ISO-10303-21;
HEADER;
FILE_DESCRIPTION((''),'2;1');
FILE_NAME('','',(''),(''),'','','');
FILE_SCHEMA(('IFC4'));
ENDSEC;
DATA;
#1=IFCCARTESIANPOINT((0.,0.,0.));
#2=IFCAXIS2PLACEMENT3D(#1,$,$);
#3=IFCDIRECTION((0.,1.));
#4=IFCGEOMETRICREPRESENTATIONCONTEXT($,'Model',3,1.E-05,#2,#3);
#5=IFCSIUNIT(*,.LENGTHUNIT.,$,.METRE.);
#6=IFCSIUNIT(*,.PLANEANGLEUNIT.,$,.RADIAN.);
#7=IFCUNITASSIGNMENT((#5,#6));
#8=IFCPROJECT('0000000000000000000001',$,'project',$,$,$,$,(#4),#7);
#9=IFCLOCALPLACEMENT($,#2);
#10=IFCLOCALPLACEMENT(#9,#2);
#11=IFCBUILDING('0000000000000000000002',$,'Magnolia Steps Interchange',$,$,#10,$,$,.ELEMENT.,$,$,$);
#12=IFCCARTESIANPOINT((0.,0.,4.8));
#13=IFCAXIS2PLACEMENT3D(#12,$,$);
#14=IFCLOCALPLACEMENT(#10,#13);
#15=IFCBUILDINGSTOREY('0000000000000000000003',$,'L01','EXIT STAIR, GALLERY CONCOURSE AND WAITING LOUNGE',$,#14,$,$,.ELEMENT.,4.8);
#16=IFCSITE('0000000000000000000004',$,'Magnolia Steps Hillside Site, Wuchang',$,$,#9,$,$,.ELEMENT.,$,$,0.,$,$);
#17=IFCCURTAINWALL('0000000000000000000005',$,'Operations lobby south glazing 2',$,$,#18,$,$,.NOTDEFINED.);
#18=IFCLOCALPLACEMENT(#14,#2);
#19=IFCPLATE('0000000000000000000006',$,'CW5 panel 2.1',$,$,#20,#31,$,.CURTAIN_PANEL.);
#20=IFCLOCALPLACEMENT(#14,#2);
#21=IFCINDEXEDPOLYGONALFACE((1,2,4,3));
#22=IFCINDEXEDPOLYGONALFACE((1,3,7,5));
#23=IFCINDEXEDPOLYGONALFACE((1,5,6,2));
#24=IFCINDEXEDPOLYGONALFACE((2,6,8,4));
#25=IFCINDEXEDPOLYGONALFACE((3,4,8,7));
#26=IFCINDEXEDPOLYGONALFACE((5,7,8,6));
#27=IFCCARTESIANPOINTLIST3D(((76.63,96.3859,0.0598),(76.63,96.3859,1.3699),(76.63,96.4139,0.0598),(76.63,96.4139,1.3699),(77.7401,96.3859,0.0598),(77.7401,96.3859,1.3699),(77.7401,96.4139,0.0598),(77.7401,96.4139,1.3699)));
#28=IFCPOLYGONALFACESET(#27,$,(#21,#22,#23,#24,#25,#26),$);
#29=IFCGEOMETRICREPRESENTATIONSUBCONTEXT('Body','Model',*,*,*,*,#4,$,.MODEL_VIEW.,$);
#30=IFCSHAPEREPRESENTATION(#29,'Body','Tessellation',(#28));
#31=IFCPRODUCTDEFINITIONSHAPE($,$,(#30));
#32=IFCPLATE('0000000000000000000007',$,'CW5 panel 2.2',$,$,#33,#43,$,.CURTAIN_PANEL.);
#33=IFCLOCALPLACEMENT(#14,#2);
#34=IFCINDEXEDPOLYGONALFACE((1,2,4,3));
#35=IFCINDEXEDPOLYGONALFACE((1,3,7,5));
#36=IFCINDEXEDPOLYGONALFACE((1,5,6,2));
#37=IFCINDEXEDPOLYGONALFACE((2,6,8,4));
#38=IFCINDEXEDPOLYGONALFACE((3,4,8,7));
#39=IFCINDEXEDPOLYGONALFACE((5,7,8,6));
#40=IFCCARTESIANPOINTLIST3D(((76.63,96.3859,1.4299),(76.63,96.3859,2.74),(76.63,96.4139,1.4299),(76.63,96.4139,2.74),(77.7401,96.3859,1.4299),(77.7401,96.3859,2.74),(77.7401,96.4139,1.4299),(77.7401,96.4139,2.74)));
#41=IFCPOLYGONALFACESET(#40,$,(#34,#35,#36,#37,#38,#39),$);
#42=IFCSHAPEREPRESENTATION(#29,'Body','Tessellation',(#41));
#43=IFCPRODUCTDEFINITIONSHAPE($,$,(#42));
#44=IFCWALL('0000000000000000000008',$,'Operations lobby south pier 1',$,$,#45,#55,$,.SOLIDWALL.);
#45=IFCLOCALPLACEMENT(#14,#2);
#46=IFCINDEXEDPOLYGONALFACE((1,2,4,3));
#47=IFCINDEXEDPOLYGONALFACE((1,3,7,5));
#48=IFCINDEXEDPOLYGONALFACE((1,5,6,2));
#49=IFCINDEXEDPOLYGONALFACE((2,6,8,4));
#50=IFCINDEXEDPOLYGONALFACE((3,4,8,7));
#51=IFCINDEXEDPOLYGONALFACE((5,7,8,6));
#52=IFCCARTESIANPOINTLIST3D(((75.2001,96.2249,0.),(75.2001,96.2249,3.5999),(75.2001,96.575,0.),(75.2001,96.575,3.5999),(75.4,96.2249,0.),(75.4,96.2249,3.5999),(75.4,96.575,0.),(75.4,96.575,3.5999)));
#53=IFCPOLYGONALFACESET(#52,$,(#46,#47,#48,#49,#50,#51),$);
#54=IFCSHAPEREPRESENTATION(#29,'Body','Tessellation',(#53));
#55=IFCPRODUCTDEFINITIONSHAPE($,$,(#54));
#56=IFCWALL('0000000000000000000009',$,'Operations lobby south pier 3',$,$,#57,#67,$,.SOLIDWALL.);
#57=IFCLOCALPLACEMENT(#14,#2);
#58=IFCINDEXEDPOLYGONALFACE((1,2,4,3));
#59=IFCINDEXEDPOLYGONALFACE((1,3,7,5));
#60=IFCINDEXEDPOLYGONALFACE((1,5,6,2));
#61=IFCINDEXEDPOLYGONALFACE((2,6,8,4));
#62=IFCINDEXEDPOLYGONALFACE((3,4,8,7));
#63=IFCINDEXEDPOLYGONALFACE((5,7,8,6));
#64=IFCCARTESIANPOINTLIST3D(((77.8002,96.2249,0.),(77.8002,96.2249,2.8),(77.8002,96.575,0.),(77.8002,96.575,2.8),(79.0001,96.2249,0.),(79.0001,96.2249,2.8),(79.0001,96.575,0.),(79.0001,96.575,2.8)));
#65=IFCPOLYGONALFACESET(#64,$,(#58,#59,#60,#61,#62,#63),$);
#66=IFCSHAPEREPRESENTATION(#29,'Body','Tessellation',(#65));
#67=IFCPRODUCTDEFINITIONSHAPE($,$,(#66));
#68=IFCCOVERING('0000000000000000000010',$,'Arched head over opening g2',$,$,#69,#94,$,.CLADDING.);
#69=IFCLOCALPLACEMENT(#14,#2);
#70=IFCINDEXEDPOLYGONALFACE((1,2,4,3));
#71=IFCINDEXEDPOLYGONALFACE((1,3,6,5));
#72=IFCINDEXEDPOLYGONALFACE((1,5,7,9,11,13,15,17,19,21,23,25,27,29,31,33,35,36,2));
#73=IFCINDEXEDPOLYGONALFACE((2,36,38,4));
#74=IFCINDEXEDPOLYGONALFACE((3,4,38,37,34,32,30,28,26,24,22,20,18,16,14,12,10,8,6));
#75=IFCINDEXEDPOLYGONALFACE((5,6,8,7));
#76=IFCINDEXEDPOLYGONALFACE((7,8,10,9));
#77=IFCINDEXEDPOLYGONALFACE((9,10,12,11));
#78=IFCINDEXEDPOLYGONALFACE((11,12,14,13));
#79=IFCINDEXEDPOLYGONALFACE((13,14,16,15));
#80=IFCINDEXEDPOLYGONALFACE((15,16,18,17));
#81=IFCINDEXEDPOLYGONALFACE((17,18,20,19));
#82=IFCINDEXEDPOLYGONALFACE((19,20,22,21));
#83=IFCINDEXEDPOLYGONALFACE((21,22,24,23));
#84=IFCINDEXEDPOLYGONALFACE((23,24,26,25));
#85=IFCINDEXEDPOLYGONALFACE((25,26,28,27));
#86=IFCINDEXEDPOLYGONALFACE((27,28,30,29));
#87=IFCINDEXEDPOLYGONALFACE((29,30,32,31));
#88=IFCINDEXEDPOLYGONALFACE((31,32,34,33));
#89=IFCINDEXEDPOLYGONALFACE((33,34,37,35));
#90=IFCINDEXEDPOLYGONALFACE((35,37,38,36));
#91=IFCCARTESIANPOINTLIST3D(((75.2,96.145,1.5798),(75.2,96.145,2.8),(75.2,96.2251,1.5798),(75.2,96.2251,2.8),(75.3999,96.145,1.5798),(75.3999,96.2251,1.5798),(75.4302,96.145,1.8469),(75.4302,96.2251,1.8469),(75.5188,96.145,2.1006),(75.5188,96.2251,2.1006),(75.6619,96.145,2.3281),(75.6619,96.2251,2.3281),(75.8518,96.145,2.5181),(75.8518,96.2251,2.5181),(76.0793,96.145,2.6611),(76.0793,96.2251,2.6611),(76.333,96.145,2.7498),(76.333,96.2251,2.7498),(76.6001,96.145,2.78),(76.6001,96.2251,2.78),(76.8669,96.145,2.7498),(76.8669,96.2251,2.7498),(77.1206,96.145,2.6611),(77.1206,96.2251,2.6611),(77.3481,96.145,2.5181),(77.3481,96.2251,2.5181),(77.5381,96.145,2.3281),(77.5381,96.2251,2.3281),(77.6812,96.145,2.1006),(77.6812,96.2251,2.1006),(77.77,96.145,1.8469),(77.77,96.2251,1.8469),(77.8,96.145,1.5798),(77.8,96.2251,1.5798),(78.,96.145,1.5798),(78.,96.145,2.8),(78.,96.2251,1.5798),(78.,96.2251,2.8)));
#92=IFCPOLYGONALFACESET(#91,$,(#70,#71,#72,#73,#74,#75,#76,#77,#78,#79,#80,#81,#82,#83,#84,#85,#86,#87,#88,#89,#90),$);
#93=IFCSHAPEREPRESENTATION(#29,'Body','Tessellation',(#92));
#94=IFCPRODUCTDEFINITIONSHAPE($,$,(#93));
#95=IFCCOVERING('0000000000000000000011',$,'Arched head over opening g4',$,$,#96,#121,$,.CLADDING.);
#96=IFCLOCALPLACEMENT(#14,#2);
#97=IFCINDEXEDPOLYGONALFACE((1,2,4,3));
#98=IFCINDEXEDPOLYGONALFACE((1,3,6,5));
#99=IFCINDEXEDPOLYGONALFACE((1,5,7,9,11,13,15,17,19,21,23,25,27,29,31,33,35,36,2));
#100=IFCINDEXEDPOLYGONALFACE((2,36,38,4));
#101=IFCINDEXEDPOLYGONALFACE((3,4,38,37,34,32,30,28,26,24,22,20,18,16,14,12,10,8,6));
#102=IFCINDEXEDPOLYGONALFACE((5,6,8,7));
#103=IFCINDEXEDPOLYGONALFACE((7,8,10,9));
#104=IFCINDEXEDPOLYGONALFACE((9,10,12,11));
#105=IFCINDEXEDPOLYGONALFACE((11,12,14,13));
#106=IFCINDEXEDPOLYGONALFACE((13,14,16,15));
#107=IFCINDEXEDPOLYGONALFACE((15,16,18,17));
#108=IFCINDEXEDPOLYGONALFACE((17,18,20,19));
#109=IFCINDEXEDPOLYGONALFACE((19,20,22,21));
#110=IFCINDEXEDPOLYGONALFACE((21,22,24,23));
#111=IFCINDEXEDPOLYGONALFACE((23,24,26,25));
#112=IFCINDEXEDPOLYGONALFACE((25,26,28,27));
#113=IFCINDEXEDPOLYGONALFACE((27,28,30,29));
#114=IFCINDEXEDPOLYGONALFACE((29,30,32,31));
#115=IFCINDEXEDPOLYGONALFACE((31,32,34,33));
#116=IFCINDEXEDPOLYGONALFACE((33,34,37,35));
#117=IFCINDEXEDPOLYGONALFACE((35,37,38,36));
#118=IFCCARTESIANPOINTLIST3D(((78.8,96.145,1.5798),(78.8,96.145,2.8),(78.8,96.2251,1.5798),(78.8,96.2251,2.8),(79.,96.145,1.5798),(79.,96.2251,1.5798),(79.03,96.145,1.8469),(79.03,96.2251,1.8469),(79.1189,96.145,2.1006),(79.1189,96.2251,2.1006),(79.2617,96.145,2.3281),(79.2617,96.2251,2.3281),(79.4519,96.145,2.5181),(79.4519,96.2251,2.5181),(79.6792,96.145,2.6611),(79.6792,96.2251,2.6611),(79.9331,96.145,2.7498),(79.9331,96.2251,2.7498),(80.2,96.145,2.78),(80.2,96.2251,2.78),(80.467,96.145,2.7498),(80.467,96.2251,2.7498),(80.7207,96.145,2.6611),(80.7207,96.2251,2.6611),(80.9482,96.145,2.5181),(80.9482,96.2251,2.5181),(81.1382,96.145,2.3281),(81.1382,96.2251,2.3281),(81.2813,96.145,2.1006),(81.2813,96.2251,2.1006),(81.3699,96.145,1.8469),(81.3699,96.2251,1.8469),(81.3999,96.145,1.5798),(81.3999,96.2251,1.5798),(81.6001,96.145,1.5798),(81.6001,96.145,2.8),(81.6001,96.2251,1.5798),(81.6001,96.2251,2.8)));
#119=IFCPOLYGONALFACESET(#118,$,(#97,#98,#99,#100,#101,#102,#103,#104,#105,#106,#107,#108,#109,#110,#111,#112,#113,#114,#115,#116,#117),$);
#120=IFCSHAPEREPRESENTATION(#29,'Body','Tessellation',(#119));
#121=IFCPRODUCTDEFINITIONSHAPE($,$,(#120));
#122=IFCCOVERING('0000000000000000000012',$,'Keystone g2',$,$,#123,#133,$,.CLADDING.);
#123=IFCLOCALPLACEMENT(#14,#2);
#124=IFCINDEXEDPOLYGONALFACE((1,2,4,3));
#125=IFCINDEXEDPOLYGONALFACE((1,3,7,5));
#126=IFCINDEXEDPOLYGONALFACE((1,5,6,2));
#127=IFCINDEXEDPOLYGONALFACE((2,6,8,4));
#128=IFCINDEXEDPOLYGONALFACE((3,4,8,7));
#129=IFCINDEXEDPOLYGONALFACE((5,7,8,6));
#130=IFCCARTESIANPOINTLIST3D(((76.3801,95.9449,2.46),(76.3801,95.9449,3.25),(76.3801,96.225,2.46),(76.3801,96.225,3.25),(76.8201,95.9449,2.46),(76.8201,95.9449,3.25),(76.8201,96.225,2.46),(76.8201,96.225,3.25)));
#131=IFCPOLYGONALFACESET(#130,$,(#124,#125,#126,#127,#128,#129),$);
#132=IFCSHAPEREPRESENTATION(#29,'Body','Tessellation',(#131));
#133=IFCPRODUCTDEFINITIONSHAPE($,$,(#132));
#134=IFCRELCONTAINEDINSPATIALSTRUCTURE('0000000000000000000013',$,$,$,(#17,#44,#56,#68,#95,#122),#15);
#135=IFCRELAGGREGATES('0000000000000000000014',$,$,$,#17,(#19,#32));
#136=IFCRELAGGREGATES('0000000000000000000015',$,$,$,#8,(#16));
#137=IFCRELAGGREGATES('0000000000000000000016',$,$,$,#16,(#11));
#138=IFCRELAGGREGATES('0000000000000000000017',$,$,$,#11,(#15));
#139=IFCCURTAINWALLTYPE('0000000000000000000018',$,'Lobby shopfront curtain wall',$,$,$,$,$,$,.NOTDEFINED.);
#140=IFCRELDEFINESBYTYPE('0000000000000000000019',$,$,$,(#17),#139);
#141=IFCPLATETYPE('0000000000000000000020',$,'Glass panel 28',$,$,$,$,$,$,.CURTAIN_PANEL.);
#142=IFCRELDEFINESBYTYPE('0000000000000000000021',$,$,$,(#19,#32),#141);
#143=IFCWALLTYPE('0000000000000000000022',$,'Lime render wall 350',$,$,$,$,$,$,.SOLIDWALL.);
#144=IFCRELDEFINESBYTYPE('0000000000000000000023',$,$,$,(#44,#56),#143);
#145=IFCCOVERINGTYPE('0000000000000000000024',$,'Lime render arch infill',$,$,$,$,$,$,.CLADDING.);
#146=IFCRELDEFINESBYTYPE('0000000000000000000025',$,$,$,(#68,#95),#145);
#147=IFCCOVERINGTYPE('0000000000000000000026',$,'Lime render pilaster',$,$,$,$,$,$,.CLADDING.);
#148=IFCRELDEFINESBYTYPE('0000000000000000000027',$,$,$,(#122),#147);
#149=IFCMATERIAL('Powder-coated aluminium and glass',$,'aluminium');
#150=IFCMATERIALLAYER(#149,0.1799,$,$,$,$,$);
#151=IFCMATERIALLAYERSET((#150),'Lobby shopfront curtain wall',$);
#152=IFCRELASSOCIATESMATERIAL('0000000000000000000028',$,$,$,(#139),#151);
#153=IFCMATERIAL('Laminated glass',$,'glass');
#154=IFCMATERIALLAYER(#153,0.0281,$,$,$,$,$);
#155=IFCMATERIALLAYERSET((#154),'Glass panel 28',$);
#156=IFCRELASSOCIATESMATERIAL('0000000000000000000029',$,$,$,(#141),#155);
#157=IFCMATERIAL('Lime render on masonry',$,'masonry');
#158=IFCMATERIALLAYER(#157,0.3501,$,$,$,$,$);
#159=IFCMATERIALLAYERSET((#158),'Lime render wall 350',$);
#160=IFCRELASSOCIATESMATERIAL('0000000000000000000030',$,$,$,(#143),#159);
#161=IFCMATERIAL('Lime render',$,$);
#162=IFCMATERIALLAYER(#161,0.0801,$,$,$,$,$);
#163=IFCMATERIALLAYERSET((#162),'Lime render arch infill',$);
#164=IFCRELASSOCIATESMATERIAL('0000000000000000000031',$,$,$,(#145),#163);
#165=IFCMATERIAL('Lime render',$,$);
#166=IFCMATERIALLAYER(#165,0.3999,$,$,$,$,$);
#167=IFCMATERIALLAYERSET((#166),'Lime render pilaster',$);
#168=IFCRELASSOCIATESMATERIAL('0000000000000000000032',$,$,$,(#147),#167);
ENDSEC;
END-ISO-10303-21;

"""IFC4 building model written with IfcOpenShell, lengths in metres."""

from ifc_helpers import new_model, si_unit, direction, frame, frame_2d, origin, origin_2d, place, context, subcontext, project, spatial, polyline, rectangle, outline, extrude, material, layer, layer_set, type_object, element, aggregate, save


model = new_model("IFC4")

# Units and contexts
model_context = context("Model", 3, precision=1e-05, world=origin(), true_north=direction((0.0, 1.0)))
body_context = subcontext(model_context, "Body", "Model", "MODEL_VIEW")
ifc_project = project(units=[si_unit("LENGTHUNIT", "METRE"), si_unit("PLANEANGLEUNIT", "RADIAN")], contexts=[model_context])

# Site, building, storey
site_placement = place(None, origin())
site = spatial("IfcSite", under=ifc_project, at=site_placement, Name="Magnolia Steps Hillside Site, Wuchang", CompositionType="ELEMENT", RefElevation=0.0)
building_placement = place(site_placement, origin())
building = spatial("IfcBuilding", under=site, at=building_placement, Name="Magnolia Steps Interchange", CompositionType="ELEMENT")
storey_placement = place(building_placement, frame((0.0, 0.0, 4.8)))
storey = spatial("IfcBuildingStorey", under=building, at=storey_placement, Name="L01", Description="EXIT STAIR, GALLERY CONCOURSE AND WAITING LOUNGE", CompositionType="ELEMENT", Elevation=4.8)

# Curtain wall
ifc_material_1 = material(Name="Powder-coated aluminium and glass", Category="aluminium")
ifc_layer_1 = layer(ifc_material_1, 0.1799)
ifc_layer_set_1 = layer_set([ifc_layer_1], Name="Lobby shopfront curtain wall")
curtain_wall_type = type_object("IfcCurtainWallType", Name="Lobby shopfront curtain wall", PredefinedType="NOTDEFINED", material=ifc_layer_set_1)
curtain_wall_placement = place(storey_placement, origin())
curtain_wall = element("IfcCurtainWall", 1, at=curtain_wall_placement, inside=storey, type_object=curtain_wall_type, Name="Operations lobby south glazing 2", PredefinedType="NOTDEFINED")

# Plates
ifc_material_2 = material(Name="Laminated glass", Category="glass")
ifc_layer_2 = layer(ifc_material_2, 0.0281)
ifc_layer_set_2 = layer_set([ifc_layer_2], Name="Glass panel 28")
plate_type = type_object("IfcPlateType", Name="Glass panel 28", PredefinedType="CURTAIN_PANEL", material=ifc_layer_set_2)
plate_1_placement = place(storey_placement, frame((77.1851, 96.3999, 0.0598), z_axis=(0.0, 0.0, 1.0), x_axis=(1.0, 0.0, 0.0)))
plate_1 = element("IfcPlate", 2, at=plate_1_placement, type_object=plate_type, Name="CW5 panel 2.1", PredefinedType="CURTAIN_PANEL", context=body_context, shape_type="SweptSolid", body=[
    extrude(rectangle(XDim=1.1101, YDim=0.0281, at=origin_2d()), origin(), (0.0, 0.0, 1.0), 1.3101),
])
plate_2_placement = place(storey_placement, frame((77.1851, 96.3999, 1.4299), z_axis=(0.0, 0.0, 1.0), x_axis=(1.0, 0.0, 0.0)))
plate_2 = element("IfcPlate", 3, at=plate_2_placement, type_object=plate_type, Name="CW5 panel 2.2", PredefinedType="CURTAIN_PANEL", context=body_context, shape_type="SweptSolid", body=[
    extrude(rectangle(XDim=1.1101, YDim=0.0281, at=origin_2d()), origin(), (0.0, 0.0, 1.0), 1.3101),
])
aggregate(curtain_wall, [plate_1, plate_2])

# Walls
ifc_material_3 = material(Name="Lime render on masonry", Category="masonry")
ifc_layer_3 = layer(ifc_material_3, 0.3501)
ifc_layer_set_3 = layer_set([ifc_layer_3], Name="Lime render wall 350")
wall_type = type_object("IfcWallType", Name="Lime render wall 350", PredefinedType="SOLIDWALL", material=ifc_layer_set_3)
wall_1_placement = place(storey_placement, frame((75.2, 96.3999, 0.0), z_axis=(0.0, 0.0, 1.0), x_axis=(1.0, 0.0, 0.0)))
element("IfcWall", 4, at=wall_1_placement, inside=storey, type_object=wall_type, Name="Operations lobby south pier 1", PredefinedType="SOLIDWALL", context=body_context, shape_type="SweptSolid", body=[
    extrude(rectangle(XDim=0.2, YDim=0.3501, at=frame_2d((0.1001, 0.0))), origin(), (0.0, 0.0, 1.0), 3.5999),
])
wall_2_placement = place(storey_placement, frame((77.8, 96.3999, 0.0), z_axis=(0.0, 0.0, 1.0), x_axis=(1.0, 0.0, 0.0)))
element("IfcWall", 5, at=wall_2_placement, inside=storey, type_object=wall_type, Name="Operations lobby south pier 3", PredefinedType="SOLIDWALL", context=body_context, shape_type="SweptSolid", body=[
    extrude(rectangle(XDim=1.2, YDim=0.3501, at=frame_2d((0.6001, 0.0))), origin(), (0.0, 0.0, 1.0), 2.8),
])

# Coverings
ifc_material_4 = material(Name="Lime render")
ifc_layer_4 = layer(ifc_material_4, 0.0801)
ifc_layer_set_4 = layer_set([ifc_layer_4], Name="Lime render arch infill")
covering_type_1 = type_object("IfcCoveringType", Name="Lime render arch infill", PredefinedType="CLADDING", material=ifc_layer_set_4)
covering_1_placement = place(storey_placement, frame((75.2, 96.2251, 1.5798), z_axis=(0.0, 1.0, 0.0), x_axis=(0.0, 0.0, 1.0)))
element("IfcCovering", 6, at=covering_1_placement, inside=storey, type_object=covering_type_1, Name="Arched head over opening g2", PredefinedType="CLADDING", context=body_context, shape_type="SweptSolid", body=[
    extrude(outline(polyline([(0.0, 0.0), (1.2202, 0.0), (1.2202, 2.8), (0.0, 2.8), (0.0, 2.6001), (0.2671, 2.5701), (0.5208, 2.4812), (0.7483, 2.3381), (0.9382, 2.1482), (1.0813, 1.9207), (1.1699, 1.667), (1.2002, 1.4001), (1.1699, 1.1331), (1.0813, 0.8794), (0.9382, 0.6519), (0.7483, 0.4619), (0.5208, 0.3188), (0.2671, 0.2302), (0.0, 0.2), (0.0, 0.0)])), origin(), (0.0, 0.0, -1.0), 0.0801),
])
covering_2_placement = place(storey_placement, frame((78.8, 96.2251, 1.5798), z_axis=(0.0, 1.0, 0.0), x_axis=(0.0, 0.0, 1.0)))
element("IfcCovering", 7, at=covering_2_placement, inside=storey, type_object=covering_type_1, Name="Arched head over opening g4", PredefinedType="CLADDING", context=body_context, shape_type="SweptSolid", body=[
    extrude(outline(polyline([(0.0, 0.0), (1.2202, 0.0), (1.2202, 2.8), (0.0, 2.8), (0.0, 2.5999), (0.2671, 2.5698), (0.5208, 2.4812), (0.7483, 2.3381), (0.9382, 2.1482), (1.0813, 1.9207), (1.1699, 1.667), (1.2002, 1.3999), (1.1699, 1.1331), (1.0813, 0.8792), (0.9382, 0.6519), (0.7483, 0.4617), (0.5208, 0.3188), (0.2671, 0.23), (0.0, 0.2), (0.0, 0.0)])), origin(), (0.0, 0.0, -1.0), 0.0801),
])
ifc_material_5 = material(Name="Lime render")
ifc_layer_5 = layer(ifc_material_5, 0.3999)
ifc_layer_set_5 = layer_set([ifc_layer_5], Name="Lime render pilaster")
covering_type_2 = type_object("IfcCoveringType", Name="Lime render pilaster", PredefinedType="CLADDING", material=ifc_layer_set_5)
covering_3_placement = place(storey_placement, frame((76.6001, 96.085, 2.46), z_axis=(0.0, 0.0, 1.0), x_axis=(1.0, 0.0, 0.0)))
element("IfcCovering", 8, at=covering_3_placement, inside=storey, type_object=covering_type_2, Name="Keystone g2", PredefinedType="CLADDING", context=body_context, shape_type="SweptSolid", body=[
    extrude(rectangle(XDim=0.4399, YDim=0.28, at=origin_2d()), origin(), (0.0, 0.0, 1.0), 0.79),
])

save(model, "model.ifc")
